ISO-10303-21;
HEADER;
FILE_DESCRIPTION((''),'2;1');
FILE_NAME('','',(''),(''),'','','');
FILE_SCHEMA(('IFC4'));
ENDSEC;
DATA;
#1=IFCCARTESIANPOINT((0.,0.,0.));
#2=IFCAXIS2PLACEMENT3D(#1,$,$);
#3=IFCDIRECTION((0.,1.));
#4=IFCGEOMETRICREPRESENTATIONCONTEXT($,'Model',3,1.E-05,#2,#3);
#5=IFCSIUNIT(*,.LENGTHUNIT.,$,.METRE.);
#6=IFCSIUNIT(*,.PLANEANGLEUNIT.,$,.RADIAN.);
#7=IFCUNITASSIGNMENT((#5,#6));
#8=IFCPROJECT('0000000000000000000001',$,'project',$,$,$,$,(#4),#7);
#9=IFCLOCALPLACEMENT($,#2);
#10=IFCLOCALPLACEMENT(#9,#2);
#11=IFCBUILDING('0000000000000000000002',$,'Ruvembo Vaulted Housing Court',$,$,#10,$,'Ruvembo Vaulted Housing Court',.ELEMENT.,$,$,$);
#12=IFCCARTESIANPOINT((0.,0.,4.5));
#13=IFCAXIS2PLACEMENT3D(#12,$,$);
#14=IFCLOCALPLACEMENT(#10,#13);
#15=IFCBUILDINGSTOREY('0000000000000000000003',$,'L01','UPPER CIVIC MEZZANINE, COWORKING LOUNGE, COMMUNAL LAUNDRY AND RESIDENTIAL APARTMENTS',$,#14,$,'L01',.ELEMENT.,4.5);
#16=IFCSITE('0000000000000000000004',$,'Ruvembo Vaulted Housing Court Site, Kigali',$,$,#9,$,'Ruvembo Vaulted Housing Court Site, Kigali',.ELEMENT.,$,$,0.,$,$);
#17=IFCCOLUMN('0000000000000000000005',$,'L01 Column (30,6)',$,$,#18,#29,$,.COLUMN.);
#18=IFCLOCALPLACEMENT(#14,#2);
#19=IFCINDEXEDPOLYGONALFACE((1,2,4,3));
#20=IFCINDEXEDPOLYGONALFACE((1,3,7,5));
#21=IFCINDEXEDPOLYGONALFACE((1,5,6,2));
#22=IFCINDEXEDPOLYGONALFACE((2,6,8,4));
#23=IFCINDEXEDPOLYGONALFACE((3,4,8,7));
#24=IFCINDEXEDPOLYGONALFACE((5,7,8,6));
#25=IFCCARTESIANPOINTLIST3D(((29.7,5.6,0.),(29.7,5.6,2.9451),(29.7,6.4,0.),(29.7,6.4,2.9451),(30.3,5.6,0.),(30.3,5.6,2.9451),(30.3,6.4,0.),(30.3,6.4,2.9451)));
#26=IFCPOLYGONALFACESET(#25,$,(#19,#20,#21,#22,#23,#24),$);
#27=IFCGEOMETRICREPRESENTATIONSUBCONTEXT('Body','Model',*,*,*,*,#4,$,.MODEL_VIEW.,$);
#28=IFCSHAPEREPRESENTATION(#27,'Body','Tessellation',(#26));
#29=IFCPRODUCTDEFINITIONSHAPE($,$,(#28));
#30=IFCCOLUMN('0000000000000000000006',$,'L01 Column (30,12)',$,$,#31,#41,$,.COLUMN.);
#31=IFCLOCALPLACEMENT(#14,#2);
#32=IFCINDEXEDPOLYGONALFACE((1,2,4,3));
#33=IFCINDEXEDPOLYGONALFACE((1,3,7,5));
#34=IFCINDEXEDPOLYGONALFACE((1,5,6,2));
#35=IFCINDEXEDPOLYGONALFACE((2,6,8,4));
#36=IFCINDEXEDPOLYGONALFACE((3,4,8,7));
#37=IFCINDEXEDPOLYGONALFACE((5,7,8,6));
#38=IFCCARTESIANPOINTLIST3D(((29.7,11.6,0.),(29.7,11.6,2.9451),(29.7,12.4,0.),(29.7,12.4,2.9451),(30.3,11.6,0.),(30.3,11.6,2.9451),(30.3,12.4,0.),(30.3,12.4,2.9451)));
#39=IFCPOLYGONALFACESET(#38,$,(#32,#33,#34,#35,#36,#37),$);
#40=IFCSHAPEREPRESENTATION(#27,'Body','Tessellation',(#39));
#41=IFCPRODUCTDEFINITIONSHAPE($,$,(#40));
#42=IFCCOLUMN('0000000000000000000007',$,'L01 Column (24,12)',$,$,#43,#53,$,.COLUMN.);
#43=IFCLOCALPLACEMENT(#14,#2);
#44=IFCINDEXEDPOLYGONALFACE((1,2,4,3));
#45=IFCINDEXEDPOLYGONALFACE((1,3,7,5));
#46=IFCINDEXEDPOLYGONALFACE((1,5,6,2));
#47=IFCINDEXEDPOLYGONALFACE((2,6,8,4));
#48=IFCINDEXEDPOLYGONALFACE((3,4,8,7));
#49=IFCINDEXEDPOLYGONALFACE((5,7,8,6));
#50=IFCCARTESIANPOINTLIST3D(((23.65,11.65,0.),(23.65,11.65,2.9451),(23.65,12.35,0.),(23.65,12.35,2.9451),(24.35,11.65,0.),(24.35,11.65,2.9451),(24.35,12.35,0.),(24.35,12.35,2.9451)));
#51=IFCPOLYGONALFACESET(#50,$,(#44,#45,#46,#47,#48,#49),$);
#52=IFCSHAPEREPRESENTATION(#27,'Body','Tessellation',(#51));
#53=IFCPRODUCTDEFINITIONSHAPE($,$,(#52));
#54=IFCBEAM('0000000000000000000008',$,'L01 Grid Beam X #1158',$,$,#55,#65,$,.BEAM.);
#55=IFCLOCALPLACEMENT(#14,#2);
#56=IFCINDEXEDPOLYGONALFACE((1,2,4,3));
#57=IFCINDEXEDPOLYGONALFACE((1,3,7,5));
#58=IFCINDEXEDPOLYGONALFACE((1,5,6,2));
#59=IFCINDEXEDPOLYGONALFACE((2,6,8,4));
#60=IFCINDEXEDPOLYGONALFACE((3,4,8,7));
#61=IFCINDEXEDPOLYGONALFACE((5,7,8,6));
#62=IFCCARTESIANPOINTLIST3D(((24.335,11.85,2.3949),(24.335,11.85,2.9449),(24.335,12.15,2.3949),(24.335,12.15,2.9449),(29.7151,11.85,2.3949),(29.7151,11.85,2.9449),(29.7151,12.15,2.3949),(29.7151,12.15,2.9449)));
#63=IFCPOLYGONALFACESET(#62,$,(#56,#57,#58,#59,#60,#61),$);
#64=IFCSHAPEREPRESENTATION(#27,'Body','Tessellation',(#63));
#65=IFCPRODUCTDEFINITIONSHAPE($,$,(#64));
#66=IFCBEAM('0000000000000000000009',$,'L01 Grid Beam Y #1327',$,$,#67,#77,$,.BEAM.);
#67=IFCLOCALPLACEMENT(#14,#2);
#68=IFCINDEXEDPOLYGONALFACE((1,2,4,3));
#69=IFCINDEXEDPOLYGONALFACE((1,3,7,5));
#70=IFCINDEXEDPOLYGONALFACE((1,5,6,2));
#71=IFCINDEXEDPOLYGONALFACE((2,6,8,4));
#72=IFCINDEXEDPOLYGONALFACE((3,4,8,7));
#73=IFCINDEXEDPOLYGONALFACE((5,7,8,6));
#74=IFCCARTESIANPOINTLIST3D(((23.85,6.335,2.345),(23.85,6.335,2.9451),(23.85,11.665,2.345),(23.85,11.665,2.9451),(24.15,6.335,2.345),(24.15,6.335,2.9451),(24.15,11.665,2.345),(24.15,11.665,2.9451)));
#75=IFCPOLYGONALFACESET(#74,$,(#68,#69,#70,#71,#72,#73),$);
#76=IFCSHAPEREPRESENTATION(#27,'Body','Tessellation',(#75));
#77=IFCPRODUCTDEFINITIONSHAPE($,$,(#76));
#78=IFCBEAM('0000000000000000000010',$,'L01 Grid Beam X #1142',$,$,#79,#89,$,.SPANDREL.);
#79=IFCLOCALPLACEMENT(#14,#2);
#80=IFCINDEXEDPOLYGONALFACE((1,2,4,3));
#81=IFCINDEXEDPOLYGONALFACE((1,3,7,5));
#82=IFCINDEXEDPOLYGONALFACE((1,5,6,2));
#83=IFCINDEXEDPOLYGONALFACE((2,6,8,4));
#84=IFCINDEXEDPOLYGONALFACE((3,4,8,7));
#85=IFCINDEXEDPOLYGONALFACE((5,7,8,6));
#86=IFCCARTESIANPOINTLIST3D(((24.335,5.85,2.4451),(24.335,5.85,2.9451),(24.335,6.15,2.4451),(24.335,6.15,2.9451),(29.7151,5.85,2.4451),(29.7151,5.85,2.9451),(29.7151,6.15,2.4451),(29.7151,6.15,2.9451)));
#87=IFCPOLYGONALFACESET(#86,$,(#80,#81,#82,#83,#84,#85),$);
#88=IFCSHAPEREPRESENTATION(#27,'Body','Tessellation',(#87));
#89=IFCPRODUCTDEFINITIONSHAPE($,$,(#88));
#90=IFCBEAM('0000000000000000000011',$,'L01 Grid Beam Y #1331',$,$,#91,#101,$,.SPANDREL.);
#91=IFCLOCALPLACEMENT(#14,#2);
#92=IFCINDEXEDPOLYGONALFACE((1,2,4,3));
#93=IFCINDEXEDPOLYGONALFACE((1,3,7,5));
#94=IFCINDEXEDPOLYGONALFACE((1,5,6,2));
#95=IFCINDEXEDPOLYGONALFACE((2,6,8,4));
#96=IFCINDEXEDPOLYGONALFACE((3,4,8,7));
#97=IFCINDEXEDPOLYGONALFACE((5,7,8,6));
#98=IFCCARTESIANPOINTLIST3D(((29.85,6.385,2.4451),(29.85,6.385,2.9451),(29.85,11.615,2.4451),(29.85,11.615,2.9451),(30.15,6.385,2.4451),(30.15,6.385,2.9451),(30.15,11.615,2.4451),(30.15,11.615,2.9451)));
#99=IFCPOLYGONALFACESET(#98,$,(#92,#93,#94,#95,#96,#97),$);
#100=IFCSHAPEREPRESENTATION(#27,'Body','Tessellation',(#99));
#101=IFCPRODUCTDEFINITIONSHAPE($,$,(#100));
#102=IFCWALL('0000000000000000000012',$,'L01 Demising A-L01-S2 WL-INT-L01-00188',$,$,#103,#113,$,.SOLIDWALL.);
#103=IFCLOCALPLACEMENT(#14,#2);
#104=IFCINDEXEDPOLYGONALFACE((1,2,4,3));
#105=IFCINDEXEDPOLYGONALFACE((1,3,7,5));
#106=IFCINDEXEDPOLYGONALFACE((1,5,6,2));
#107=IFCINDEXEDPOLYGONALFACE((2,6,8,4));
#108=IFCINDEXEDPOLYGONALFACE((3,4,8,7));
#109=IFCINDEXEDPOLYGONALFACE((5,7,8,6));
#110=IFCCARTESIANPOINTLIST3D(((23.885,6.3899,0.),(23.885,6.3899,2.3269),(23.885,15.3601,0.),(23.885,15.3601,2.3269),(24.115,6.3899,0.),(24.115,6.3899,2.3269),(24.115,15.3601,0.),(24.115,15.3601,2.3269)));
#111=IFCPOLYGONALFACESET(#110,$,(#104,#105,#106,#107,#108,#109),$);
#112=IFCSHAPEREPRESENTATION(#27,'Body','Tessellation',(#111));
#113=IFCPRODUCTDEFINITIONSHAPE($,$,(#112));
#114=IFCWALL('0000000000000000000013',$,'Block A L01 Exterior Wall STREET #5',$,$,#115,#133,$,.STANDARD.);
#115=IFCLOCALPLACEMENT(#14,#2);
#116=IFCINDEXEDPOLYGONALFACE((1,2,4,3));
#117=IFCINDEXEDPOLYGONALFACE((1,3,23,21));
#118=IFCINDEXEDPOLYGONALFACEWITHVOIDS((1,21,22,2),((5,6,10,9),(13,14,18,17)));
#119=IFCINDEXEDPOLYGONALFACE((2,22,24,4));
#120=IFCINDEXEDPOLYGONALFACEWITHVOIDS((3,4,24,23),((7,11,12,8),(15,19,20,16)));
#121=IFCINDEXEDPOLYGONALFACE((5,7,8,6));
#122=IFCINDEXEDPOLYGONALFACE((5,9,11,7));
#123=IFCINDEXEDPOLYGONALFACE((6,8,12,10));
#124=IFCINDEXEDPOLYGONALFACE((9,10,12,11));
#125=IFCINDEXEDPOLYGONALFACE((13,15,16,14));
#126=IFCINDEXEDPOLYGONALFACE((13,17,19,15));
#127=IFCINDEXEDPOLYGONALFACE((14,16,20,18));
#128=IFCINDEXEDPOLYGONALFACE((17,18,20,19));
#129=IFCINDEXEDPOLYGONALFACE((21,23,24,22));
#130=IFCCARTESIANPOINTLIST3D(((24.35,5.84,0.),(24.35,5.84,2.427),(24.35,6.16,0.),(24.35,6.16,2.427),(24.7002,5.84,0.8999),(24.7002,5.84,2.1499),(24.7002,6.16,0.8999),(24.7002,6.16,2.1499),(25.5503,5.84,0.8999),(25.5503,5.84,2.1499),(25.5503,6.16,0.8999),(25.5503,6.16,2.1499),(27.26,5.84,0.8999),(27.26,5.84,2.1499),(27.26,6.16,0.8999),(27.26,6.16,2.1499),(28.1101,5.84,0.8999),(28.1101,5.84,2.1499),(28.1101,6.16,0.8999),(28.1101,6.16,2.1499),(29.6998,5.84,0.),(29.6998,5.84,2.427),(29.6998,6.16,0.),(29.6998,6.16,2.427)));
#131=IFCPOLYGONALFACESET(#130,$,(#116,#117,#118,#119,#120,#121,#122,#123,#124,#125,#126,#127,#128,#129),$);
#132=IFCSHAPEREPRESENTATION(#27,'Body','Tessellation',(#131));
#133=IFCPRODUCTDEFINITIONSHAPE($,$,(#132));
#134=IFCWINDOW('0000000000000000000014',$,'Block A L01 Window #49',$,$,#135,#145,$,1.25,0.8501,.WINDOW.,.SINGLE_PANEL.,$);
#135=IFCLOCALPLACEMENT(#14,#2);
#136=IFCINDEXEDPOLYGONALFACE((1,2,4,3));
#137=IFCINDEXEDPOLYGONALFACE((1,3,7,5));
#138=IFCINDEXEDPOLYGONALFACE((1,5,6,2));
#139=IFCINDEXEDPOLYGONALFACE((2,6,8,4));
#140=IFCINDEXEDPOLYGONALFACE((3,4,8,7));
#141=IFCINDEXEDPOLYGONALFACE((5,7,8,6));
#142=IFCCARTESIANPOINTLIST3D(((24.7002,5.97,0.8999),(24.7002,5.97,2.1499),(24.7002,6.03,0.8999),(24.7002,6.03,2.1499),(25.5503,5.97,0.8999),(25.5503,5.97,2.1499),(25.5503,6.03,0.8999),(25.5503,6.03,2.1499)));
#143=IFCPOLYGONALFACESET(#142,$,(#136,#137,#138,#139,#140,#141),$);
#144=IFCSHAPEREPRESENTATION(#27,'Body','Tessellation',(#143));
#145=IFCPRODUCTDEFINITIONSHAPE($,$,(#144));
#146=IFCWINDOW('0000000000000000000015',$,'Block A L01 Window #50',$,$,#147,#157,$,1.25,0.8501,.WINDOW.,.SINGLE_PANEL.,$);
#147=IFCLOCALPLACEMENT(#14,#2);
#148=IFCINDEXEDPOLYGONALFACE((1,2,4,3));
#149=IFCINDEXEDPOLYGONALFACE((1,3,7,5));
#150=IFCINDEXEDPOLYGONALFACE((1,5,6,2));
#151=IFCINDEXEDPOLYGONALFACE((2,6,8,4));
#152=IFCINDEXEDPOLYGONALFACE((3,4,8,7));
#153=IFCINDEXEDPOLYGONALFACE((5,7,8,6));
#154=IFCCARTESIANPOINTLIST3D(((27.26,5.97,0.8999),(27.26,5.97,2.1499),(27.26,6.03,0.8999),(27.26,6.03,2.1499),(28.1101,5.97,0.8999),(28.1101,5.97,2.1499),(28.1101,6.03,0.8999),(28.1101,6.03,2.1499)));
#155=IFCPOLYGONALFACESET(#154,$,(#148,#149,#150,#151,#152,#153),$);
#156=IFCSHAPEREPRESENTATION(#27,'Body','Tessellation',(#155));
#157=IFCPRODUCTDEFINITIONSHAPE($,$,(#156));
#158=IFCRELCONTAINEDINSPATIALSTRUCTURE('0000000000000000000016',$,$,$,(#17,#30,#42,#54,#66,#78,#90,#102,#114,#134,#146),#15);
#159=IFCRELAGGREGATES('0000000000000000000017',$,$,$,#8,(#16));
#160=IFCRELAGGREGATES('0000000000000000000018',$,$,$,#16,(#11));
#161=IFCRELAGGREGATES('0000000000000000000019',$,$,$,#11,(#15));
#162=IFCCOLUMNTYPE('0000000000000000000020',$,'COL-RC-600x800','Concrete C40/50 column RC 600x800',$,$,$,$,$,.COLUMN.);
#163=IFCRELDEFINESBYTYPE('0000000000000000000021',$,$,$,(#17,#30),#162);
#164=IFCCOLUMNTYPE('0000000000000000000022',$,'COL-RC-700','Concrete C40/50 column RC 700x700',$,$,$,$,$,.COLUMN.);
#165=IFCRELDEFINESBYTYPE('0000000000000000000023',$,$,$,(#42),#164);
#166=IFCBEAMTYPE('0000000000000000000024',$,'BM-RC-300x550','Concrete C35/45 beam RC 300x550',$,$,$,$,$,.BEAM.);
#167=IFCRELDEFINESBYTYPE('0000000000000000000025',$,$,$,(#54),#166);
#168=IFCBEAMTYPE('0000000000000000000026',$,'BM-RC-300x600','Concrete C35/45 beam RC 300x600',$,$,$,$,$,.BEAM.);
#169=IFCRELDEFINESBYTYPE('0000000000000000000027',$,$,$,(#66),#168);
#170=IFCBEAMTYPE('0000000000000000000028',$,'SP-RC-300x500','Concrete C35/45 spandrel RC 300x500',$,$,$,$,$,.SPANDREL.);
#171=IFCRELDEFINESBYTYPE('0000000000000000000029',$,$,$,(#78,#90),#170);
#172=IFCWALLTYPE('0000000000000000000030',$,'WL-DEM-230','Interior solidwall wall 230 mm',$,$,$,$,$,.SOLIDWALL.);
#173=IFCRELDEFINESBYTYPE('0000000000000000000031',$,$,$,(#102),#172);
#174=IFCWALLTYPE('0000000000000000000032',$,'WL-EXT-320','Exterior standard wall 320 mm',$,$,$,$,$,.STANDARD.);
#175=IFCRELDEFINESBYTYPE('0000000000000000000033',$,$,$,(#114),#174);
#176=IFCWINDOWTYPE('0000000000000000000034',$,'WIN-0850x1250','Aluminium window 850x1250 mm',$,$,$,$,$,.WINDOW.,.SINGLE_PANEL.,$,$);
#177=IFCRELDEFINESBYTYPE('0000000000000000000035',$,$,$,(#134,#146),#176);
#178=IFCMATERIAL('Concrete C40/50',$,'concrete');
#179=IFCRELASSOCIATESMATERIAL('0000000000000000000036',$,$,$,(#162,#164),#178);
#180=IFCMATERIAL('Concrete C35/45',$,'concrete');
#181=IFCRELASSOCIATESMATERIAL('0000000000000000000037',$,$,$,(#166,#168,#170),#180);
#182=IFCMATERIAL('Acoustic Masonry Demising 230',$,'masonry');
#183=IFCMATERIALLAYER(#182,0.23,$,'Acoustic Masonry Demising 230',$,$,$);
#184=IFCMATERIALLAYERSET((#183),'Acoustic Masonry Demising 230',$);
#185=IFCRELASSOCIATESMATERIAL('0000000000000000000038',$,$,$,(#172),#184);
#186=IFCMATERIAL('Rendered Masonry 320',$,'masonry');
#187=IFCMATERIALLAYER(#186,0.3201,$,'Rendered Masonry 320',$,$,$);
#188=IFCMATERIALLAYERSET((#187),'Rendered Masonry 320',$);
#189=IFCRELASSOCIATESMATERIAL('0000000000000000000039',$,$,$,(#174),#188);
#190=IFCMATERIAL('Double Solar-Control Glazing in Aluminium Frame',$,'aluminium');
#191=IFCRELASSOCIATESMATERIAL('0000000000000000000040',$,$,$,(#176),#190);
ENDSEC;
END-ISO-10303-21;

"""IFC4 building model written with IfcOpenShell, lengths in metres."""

from ifc_helpers import new_model, si_unit, direction, frame, frame_2d, origin, origin_2d, place, context, subcontext, project, spatial, rectangle, extrude, material, layer, layer_set, material_profile, profile_set, type_object, element, fill, save


model = new_model("IFC4")

# Units and contexts
model_context = context("Model", 3, precision=1e-05, world=origin(), true_north=direction((0.0, 1.0)))
body_context = subcontext(model_context, "Body", "Model", "MODEL_VIEW")
ifc_project = project(units=[si_unit("LENGTHUNIT", "METRE"), si_unit("PLANEANGLEUNIT", "RADIAN")], contexts=[model_context])

# Site, building, storey
site_placement = place(None, origin())
site = spatial("IfcSite", under=ifc_project, at=site_placement, Name="Ruvembo Vaulted Housing Court Site, Kigali", LongName="Ruvembo Vaulted Housing Court Site, Kigali", CompositionType="ELEMENT", RefElevation=0.0)
building_placement = place(site_placement, origin())
building = spatial("IfcBuilding", under=site, at=building_placement, Name="Ruvembo Vaulted Housing Court", LongName="Ruvembo Vaulted Housing Court", CompositionType="ELEMENT")
storey_placement = place(building_placement, frame((0.0, 0.0, 4.5)))
storey = spatial("IfcBuildingStorey", under=building, at=storey_placement, Name="L01", Description="UPPER CIVIC MEZZANINE, COWORKING LOUNGE, COMMUNAL LAUNDRY AND RESIDENTIAL APARTMENTS", LongName="L01", CompositionType="ELEMENT", Elevation=4.5)

# Columns
ifc_material_1 = material(Name="Concrete C40/50", Category="concrete")
ifc_material_profile_1 = material_profile(ifc_material_1, rectangle(XDim=0.6001, YDim=0.8, at=origin_2d()), Name="RC 600x800")
ifc_profile_set_1 = profile_set([ifc_material_profile_1], Name="Concrete C40/50")
column_type_1 = type_object("IfcColumnType", Name="COL-RC-600x800", Description="Concrete C40/50 column RC 600x800", PredefinedType="COLUMN", material=ifc_profile_set_1)
for number, where, z_axis, x_axis, name in (
    (1, (30.0, 6.0, 0.0), (0.0, 0.0, 1.0), (1.0, 0.0, 0.0), "L01 Column (30,6)"),
    (2, (30.0, 12.0, 0.0), (0.0, 0.0, 1.0), (1.0, 0.0, 0.0), "L01 Column (30,12)"),
):
    element("IfcColumn", number, at=place(storey_placement, frame(where, z_axis=z_axis, x_axis=x_axis)), inside=storey, type_object=column_type_1, Name=name, PredefinedType="COLUMN", context=body_context, shape_type="SweptSolid", body=[
        extrude(rectangle(XDim=0.6001, YDim=0.8, at=origin_2d()), origin(), (0.0, 0.0, 1.0), 2.9451),
    ])
ifc_material_profile_2 = material_profile(ifc_material_1, rectangle(XDim=0.7, YDim=0.7, at=origin_2d()), Name="RC 700x700")
ifc_profile_set_2 = profile_set([ifc_material_profile_2], Name="Concrete C40/50")
column_type_2 = type_object("IfcColumnType", Name="COL-RC-700", Description="Concrete C40/50 column RC 700x700", PredefinedType="COLUMN", material=ifc_profile_set_2)
column_placement = place(storey_placement, frame((24.0, 12.0, 0.0), z_axis=(0.0, 0.0, 1.0), x_axis=(1.0, 0.0, 0.0)))
element("IfcColumn", 3, at=column_placement, inside=storey, type_object=column_type_2, Name="L01 Column (24,12)", PredefinedType="COLUMN", context=body_context, shape_type="SweptSolid", body=[
    extrude(rectangle(XDim=0.7, YDim=0.7, at=origin_2d()), origin(), (0.0, 0.0, 1.0), 2.9451),
])

# Beams
ifc_material_2 = material(Name="Concrete C35/45", Category="concrete")
ifc_material_profile_3 = material_profile(ifc_material_2, rectangle(XDim=0.3, YDim=0.55, at=origin_2d()), Name="RC 300x550")
ifc_profile_set_3 = profile_set([ifc_material_profile_3], Name="Concrete C35/45")
beam_type_1 = type_object("IfcBeamType", Name="BM-RC-300x550", Description="Concrete C35/45 beam RC 300x550", PredefinedType="BEAM", material=ifc_profile_set_3)
beam_1_placement = place(storey_placement, frame((24.335, 12.0, 2.6699), z_axis=(1.0, 0.0, 0.0), x_axis=(0.0, 1.0, 0.0)))
element("IfcBeam", 4, at=beam_1_placement, inside=storey, type_object=beam_type_1, Name="L01 Grid Beam X #1158", PredefinedType="BEAM", context=body_context, shape_type="SweptSolid", body=[
    extrude(rectangle(XDim=0.3, YDim=0.55, at=origin_2d()), origin(), (0.0, 0.0, 1.0), 5.3801),
])
ifc_material_profile_4 = material_profile(ifc_material_2, rectangle(XDim=0.3, YDim=0.6001, at=origin_2d()), Name="RC 300x600")
ifc_profile_set_4 = profile_set([ifc_material_profile_4], Name="Concrete C35/45")
beam_type_2 = type_object("IfcBeamType", Name="BM-RC-300x600", Description="Concrete C35/45 beam RC 300x600", PredefinedType="BEAM", material=ifc_profile_set_4)
beam_2_placement = place(storey_placement, frame((24.0, 6.335, 2.645), z_axis=(0.0, 1.0, 0.0), x_axis=(-1.0, 0.0, 0.0)))
element("IfcBeam", 5, at=beam_2_placement, inside=storey, type_object=beam_type_2, Name="L01 Grid Beam Y #1327", PredefinedType="BEAM", context=body_context, shape_type="SweptSolid", body=[
    extrude(rectangle(XDim=0.3, YDim=0.6001, at=origin_2d()), origin(), (0.0, 0.0, 1.0), 5.3301),
])
ifc_material_profile_5 = material_profile(ifc_material_2, rectangle(XDim=0.3, YDim=0.5, at=origin_2d()), Name="RC 300x500")
ifc_profile_set_5 = profile_set([ifc_material_profile_5], Name="Concrete C35/45")
beam_type_3 = type_object("IfcBeamType", Name="SP-RC-300x500", Description="Concrete C35/45 spandrel RC 300x500", PredefinedType="SPANDREL", material=ifc_profile_set_5)
beam_3_placement = place(storey_placement, frame((24.335, 6.0, 2.6951), z_axis=(1.0, 0.0, 0.0), x_axis=(0.0, 1.0, 0.0)))
element("IfcBeam", 6, at=beam_3_placement, inside=storey, type_object=beam_type_3, Name="L01 Grid Beam X #1142", PredefinedType="SPANDREL", context=body_context, shape_type="SweptSolid", body=[
    extrude(rectangle(XDim=0.3, YDim=0.5, at=origin_2d()), origin(), (0.0, 0.0, 1.0), 5.3801),
])
beam_4_placement = place(storey_placement, frame((30.0, 6.385, 2.6951), z_axis=(0.0, 1.0, 0.0), x_axis=(-1.0, 0.0, 0.0)))
element("IfcBeam", 7, at=beam_4_placement, inside=storey, type_object=beam_type_3, Name="L01 Grid Beam Y #1331", PredefinedType="SPANDREL", context=body_context, shape_type="SweptSolid", body=[
    extrude(rectangle(XDim=0.3, YDim=0.5, at=origin_2d()), origin(), (0.0, 0.0, 1.0), 5.23),
])

# Wall
ifc_material_3 = material(Name="Acoustic Masonry Demising 230", Category="masonry")
ifc_layer_1 = layer(ifc_material_3, 0.23, Name="Acoustic Masonry Demising 230")
ifc_layer_set_1 = layer_set([ifc_layer_1], Name="Acoustic Masonry Demising 230")
wall_type_1 = type_object("IfcWallType", Name="WL-DEM-230", Description="Interior solidwall wall 230 mm", PredefinedType="SOLIDWALL", material=ifc_layer_set_1)
wall_1_placement = place(storey_placement, frame((24.0, 6.3899, 0.0), z_axis=(0.0, 0.0, 1.0), x_axis=(0.0, 1.0, 0.0)))
element("IfcWall", 8, at=wall_1_placement, inside=storey, type_object=wall_type_1, Name="L01 Demising A-L01-S2 WL-INT-L01-00188", PredefinedType="SOLIDWALL", context=body_context, shape_type="SweptSolid", body=[
    extrude(rectangle(XDim=8.9702, YDim=0.23, at=frame_2d((4.4851, 0.0))), origin(), (0.0, 0.0, 1.0), 2.3269),
])

# Wall, openings, windows
ifc_material_4 = material(Name="Rendered Masonry 320", Category="masonry")
ifc_layer_2 = layer(ifc_material_4, 0.3201, Name="Rendered Masonry 320")
ifc_layer_set_2 = layer_set([ifc_layer_2], Name="Rendered Masonry 320")
wall_type_2 = type_object("IfcWallType", Name="WL-EXT-320", Description="Exterior standard wall 320 mm", PredefinedType="STANDARD", material=ifc_layer_set_2)
wall_2_placement = place(storey_placement, frame((24.3501, 6.0, 0.0), z_axis=(0.0, 0.0, 1.0), x_axis=(1.0, 0.0, 0.0)))
wall_2 = element("IfcWall", 9, at=wall_2_placement, inside=storey, type_object=wall_type_2, Name="Block A L01 Exterior Wall STREET #5", PredefinedType="STANDARD", context=body_context, shape_type="SweptSolid", body=[
    extrude(rectangle(XDim=5.3499, YDim=0.3201, at=frame_2d((2.6748, 0.0))), origin(), (0.0, 0.0, 1.0), 2.427),
])
opening_1_placement = place(wall_2_placement, frame((0.3501, 0.0, 0.8999)))
opening_1 = element("IfcOpeningElement", 10, at=opening_1_placement, cuts=wall_2, PredefinedType="OPENING", context=body_context, shape_type="SweptSolid", body=[
    extrude(rectangle(XDim=0.8501, YDim=1.25, at=frame_2d((0.425, 0.625))), frame((0.0, 0.1699, 0.0), z_axis=(0.0, -1.0, 0.0), x_axis=(1.0, 0.0, 0.0)), (0.0, 0.0, 1.0), 0.3401),
])
opening_2_placement = place(wall_2_placement, frame((2.9099, 0.0, 0.8999)))
opening_2 = element("IfcOpeningElement", 11, at=opening_2_placement, cuts=wall_2, PredefinedType="OPENING", context=body_context, shape_type="SweptSolid", body=[
    extrude(rectangle(XDim=0.8501, YDim=1.25, at=frame_2d((0.425, 0.625))), frame((0.0, 0.1699, 0.0), z_axis=(0.0, -1.0, 0.0), x_axis=(1.0, 0.0, 0.0)), (0.0, 0.0, 1.0), 0.3401),
])
ifc_material_5 = material(Name="Double Solar-Control Glazing in Aluminium Frame", Category="aluminium")
window_type = type_object("IfcWindowType", Name="WIN-0850x1250", Description="Aluminium window 850x1250 mm", PartitioningType="SINGLE_PANEL", PredefinedType="WINDOW", material=ifc_material_5)
window_1_placement = place(opening_1_placement, origin())
window_1 = element("IfcWindow", 12, at=window_1_placement, inside=storey, type_object=window_type, Name="Block A L01 Window #49", OverallHeight=1.25, OverallWidth=0.8501, PartitioningType="SINGLE_PANEL", PredefinedType="WINDOW", context=body_context, shape_type="SweptSolid", body=[
    extrude(rectangle(XDim=0.8501, YDim=1.25, at=frame_2d((0.425, 0.625))), frame((0.0, 0.03, 0.0), z_axis=(0.0, -1.0, 0.0), x_axis=(1.0, 0.0, 0.0)), (0.0, 0.0, 1.0), 0.0601),
])
fill(opening_1, window_1)
window_2_placement = place(opening_2_placement, origin())
window_2 = element("IfcWindow", 13, at=window_2_placement, inside=storey, type_object=window_type, Name="Block A L01 Window #50", OverallHeight=1.25, OverallWidth=0.8501, PartitioningType="SINGLE_PANEL", PredefinedType="WINDOW", context=body_context, shape_type="SweptSolid", body=[
    extrude(rectangle(XDim=0.8501, YDim=1.25, at=frame_2d((0.425, 0.625))), frame((0.0, 0.03, 0.0), z_axis=(0.0, -1.0, 0.0), x_axis=(1.0, 0.0, 0.0)), (0.0, 0.0, 1.0), 0.0601),
])
fill(opening_2, window_2)

save(model, "model.ifc")
